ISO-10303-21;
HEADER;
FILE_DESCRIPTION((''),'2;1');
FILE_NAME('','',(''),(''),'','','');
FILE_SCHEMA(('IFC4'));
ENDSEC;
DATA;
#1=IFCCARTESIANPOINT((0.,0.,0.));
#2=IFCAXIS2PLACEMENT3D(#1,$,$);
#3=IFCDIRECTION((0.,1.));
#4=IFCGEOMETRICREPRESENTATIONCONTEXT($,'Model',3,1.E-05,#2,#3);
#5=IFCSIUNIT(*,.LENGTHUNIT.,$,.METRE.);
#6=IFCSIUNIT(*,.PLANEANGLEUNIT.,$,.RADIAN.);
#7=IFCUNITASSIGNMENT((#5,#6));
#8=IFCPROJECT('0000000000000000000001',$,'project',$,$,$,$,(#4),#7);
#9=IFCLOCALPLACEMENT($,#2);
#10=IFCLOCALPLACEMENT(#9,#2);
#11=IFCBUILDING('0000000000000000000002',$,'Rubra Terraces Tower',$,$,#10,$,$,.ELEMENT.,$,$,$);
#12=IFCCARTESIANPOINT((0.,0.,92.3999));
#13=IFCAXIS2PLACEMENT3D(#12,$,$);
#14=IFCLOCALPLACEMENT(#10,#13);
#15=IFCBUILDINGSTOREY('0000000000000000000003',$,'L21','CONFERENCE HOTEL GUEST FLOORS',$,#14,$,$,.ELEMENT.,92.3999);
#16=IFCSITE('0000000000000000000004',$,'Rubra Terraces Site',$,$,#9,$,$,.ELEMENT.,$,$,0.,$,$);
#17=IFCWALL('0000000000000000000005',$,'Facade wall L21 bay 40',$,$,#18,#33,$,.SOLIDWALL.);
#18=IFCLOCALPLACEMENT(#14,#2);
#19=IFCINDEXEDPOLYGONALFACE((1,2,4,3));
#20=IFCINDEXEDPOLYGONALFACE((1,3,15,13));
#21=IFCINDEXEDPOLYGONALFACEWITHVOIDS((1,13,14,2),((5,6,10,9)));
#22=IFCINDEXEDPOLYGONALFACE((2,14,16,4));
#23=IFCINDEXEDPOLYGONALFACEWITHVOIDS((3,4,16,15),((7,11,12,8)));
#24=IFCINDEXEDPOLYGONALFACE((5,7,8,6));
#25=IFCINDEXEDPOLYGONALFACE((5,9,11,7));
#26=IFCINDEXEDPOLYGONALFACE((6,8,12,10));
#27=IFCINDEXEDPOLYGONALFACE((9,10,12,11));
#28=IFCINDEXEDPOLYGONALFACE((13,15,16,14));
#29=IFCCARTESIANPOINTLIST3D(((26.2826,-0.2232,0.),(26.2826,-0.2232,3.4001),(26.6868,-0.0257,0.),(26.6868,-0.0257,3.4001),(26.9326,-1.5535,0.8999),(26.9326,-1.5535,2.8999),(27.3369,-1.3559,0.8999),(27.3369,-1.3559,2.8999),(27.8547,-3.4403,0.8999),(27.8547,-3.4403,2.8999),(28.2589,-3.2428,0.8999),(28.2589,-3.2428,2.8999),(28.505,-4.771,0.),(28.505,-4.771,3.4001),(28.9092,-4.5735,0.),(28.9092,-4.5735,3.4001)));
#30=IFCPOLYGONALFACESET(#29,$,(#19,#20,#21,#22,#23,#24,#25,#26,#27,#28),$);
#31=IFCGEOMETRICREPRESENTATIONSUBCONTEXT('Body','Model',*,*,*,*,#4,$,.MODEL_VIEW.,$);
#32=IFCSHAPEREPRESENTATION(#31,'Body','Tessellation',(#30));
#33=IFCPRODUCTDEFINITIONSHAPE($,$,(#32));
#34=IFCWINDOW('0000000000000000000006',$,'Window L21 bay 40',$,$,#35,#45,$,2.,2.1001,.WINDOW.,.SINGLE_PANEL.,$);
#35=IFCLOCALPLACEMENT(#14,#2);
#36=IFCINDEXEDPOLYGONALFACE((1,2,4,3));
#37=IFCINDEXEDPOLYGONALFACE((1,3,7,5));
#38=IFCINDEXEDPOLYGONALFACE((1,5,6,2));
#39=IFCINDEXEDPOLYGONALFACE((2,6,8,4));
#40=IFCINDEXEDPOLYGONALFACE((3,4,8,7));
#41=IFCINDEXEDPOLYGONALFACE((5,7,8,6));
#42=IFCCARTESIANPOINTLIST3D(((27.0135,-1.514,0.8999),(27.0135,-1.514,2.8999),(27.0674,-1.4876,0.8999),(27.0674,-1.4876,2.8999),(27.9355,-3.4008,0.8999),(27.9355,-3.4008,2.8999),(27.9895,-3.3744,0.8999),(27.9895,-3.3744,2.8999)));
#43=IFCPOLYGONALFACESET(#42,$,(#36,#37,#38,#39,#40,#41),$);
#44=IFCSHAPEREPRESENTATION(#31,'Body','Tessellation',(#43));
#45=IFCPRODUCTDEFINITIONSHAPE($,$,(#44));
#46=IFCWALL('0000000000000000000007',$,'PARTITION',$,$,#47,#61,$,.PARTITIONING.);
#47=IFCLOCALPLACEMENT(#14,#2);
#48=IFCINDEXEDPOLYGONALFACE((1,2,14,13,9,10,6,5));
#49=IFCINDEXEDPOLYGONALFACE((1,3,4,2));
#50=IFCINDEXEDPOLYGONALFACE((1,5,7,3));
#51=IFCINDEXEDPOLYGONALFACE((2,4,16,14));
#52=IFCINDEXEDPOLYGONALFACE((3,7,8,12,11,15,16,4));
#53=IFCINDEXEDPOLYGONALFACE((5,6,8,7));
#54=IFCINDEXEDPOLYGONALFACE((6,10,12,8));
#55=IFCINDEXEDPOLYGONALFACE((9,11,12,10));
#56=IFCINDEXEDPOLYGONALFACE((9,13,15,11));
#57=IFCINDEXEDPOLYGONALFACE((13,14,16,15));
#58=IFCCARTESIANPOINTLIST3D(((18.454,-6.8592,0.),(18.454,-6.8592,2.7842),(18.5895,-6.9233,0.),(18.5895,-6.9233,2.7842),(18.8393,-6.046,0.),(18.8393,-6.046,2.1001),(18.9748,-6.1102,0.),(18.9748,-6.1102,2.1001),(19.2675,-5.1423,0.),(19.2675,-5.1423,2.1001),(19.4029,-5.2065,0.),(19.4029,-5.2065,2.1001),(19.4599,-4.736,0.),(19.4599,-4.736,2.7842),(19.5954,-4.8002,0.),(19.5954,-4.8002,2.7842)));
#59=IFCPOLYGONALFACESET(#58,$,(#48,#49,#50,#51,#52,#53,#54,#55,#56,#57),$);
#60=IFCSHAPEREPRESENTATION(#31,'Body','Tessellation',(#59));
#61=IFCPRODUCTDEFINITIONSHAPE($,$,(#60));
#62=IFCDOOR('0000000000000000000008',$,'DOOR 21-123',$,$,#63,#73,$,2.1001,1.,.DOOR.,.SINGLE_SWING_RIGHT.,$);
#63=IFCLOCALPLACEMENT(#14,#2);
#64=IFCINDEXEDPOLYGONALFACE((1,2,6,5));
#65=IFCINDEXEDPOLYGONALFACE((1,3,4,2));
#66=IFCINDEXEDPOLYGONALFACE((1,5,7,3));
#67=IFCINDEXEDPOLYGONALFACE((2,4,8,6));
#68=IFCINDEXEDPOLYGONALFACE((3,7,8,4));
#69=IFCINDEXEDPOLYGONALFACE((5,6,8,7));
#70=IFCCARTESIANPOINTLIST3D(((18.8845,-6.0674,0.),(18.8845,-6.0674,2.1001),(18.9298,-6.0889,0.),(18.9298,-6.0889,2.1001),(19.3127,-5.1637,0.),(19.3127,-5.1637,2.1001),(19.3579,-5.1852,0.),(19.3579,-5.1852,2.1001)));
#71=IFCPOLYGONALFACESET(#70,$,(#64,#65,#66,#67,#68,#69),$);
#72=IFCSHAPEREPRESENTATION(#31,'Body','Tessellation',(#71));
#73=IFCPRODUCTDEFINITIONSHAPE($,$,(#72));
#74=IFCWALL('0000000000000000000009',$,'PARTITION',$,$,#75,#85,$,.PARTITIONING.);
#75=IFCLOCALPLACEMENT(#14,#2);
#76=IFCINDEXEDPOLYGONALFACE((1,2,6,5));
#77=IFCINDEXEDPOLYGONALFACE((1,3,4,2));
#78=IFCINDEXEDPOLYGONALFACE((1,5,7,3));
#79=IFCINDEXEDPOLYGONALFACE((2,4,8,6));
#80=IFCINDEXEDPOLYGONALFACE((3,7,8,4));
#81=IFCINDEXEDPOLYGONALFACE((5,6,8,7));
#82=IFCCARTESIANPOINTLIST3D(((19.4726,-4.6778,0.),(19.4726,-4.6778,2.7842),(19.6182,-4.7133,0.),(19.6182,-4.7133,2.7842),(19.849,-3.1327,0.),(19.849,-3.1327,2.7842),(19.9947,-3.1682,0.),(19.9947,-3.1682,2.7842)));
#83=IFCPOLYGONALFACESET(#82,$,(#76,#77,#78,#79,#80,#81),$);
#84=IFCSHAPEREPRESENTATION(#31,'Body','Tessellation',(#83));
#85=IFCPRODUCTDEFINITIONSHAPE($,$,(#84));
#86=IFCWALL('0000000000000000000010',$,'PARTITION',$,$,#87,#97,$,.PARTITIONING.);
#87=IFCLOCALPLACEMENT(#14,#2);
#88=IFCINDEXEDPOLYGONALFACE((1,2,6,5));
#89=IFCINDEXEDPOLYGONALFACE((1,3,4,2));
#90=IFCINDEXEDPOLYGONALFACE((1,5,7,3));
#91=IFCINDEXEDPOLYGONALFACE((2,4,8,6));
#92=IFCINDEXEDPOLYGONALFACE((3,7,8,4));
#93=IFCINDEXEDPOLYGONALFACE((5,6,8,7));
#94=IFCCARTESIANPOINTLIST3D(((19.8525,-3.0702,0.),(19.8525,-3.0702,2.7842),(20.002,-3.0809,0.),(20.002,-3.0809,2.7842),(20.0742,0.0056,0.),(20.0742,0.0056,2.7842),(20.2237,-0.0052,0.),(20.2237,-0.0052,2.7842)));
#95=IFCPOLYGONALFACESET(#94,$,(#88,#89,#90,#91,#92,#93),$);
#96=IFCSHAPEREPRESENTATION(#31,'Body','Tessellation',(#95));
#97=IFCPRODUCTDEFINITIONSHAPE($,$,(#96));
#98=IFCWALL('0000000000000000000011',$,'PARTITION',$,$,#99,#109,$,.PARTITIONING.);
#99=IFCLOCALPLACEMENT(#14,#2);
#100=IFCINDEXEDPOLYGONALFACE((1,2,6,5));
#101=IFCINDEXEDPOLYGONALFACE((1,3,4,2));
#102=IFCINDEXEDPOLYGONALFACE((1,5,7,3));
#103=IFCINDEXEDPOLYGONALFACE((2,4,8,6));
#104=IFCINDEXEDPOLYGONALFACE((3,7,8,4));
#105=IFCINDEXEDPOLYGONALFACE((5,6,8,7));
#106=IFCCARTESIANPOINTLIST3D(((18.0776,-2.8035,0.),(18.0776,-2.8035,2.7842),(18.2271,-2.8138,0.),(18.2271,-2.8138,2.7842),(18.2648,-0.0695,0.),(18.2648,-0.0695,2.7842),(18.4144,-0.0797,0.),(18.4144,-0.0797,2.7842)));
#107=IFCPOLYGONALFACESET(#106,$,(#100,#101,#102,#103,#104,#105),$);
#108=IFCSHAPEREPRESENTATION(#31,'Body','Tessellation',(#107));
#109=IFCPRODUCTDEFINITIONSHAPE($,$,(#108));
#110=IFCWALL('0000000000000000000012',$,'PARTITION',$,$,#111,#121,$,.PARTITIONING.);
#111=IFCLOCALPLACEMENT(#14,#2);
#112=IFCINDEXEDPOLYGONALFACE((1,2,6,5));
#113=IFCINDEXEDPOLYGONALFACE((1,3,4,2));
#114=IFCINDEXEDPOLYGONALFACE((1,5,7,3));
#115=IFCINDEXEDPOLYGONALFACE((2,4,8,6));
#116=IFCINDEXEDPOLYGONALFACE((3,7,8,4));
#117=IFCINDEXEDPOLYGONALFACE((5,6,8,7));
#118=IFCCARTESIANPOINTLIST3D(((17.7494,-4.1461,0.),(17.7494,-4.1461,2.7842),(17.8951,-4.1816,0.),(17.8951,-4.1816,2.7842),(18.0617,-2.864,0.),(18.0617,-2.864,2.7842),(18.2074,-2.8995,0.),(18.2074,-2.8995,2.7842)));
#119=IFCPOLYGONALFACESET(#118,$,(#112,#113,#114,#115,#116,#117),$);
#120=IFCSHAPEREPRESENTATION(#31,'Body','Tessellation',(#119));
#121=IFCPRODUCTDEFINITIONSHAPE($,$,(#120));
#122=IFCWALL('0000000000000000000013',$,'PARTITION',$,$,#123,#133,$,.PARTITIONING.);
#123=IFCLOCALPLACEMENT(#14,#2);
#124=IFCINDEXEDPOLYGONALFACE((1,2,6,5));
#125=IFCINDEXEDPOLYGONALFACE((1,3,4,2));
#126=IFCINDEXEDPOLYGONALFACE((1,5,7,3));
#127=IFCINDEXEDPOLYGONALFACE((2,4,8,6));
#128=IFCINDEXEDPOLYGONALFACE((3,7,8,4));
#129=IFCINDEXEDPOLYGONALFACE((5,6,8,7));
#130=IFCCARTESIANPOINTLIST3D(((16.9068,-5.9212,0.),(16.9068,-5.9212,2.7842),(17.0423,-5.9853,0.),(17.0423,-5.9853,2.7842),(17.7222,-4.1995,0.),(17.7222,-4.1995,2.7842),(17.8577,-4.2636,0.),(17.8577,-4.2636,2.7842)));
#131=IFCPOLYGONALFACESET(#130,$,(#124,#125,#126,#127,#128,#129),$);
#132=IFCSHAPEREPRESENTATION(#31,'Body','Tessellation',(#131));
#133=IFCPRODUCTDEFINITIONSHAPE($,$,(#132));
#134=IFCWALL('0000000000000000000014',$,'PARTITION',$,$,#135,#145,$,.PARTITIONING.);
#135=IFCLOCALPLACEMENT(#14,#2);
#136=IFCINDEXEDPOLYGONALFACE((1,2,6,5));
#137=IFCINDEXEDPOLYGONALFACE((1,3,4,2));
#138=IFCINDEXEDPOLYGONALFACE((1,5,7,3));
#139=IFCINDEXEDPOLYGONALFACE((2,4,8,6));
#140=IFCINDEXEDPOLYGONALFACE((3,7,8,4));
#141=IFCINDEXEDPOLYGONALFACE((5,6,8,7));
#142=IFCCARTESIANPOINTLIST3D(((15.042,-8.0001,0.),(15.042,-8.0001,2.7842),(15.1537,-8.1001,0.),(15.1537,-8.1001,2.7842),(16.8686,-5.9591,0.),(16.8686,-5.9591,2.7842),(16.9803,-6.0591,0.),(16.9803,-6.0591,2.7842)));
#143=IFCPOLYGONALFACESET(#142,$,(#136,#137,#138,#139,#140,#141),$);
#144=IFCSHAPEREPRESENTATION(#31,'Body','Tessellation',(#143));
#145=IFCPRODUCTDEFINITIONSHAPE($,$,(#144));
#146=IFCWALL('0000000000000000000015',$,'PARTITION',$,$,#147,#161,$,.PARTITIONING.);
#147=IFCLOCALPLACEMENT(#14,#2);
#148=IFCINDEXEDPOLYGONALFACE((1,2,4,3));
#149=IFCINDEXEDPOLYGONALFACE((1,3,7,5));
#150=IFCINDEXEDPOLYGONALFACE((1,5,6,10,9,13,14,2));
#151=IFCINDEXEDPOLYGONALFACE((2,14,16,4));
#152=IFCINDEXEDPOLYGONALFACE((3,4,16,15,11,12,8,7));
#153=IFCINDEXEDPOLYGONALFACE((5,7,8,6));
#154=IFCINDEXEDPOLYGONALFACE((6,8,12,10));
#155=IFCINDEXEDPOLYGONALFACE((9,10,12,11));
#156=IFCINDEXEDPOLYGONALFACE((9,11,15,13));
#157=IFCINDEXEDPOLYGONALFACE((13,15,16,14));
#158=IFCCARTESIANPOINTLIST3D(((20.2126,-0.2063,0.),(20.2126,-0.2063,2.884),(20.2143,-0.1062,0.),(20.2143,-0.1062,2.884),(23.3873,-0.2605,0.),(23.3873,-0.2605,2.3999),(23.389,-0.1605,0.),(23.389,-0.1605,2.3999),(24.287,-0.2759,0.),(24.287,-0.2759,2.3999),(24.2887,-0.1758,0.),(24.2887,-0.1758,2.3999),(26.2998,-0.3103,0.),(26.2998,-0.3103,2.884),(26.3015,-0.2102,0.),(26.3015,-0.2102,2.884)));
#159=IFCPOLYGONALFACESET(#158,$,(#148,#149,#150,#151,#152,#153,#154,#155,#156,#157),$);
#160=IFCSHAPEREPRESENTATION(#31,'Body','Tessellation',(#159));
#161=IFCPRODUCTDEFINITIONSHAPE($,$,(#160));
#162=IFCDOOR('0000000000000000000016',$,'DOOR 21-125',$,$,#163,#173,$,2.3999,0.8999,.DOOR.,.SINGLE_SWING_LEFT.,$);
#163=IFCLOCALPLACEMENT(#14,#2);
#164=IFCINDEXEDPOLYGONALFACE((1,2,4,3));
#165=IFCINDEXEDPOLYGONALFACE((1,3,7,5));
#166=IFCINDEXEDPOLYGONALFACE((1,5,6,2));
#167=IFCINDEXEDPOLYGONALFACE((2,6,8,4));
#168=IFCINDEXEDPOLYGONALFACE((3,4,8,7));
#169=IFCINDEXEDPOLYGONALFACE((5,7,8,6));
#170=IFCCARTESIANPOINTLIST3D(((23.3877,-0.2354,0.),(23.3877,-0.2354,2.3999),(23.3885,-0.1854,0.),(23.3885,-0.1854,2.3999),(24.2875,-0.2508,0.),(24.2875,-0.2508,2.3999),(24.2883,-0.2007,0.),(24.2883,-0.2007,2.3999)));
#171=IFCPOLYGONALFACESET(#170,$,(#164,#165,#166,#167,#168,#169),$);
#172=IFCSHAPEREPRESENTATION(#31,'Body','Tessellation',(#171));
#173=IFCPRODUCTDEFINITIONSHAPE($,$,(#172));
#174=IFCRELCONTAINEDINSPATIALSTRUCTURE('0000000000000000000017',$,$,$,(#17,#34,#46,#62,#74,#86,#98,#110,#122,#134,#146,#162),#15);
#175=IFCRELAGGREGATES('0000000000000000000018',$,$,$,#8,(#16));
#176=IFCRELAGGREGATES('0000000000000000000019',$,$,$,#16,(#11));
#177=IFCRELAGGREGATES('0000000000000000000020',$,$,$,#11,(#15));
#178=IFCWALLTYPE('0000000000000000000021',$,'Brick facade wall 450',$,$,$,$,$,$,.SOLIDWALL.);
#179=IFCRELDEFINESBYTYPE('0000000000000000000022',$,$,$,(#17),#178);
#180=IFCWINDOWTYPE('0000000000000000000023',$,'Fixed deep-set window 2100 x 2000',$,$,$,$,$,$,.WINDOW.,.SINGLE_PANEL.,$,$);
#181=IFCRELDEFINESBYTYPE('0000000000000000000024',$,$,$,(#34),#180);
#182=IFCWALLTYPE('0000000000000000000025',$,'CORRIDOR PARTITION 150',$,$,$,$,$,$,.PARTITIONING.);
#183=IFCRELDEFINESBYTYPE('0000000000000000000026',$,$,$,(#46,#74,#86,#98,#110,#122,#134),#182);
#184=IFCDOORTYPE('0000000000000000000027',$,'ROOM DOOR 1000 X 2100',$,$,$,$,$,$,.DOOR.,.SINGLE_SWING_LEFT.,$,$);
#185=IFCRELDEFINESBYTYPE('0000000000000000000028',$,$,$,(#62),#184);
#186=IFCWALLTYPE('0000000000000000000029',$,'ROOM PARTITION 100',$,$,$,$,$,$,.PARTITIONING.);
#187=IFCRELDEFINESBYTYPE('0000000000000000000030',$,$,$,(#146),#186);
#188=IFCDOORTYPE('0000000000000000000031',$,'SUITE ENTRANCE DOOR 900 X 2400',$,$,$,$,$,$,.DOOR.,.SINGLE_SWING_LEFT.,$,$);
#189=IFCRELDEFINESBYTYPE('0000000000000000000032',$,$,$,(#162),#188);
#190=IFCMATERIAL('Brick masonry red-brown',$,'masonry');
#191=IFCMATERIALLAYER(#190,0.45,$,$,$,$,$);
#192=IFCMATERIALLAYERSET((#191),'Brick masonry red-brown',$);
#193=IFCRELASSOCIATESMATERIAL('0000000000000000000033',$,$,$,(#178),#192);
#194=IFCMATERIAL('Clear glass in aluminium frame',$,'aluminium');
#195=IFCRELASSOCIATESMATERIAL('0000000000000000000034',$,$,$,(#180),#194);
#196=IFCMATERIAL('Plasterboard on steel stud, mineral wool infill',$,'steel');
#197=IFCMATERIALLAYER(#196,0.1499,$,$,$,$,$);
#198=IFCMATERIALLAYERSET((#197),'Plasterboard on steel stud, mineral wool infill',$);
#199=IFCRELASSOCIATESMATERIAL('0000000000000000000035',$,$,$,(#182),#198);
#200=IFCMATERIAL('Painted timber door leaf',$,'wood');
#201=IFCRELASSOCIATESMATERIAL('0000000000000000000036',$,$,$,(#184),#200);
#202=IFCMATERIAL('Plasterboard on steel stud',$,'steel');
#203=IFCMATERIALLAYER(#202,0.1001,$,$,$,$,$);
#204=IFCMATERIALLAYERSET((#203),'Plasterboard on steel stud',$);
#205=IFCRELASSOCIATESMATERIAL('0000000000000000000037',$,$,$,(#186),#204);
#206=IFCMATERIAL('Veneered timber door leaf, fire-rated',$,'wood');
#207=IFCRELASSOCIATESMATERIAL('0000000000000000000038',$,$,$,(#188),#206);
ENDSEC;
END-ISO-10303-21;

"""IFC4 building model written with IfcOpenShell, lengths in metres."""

from ifc_helpers import new_model, si_unit, direction, frame, frame_2d, origin, place, context, subcontext, project, spatial, rectangle, extrude, material, layer, layer_set, type_object, element, fill, save


model = new_model("IFC4")

# Units and contexts
model_context = context("Model", 3, precision=1e-05, world=origin(), true_north=direction((0.0, 1.0)))
body_context = subcontext(model_context, "Body", "Model", "MODEL_VIEW")
ifc_project = project(units=[si_unit("LENGTHUNIT", "METRE"), si_unit("PLANEANGLEUNIT", "RADIAN")], contexts=[model_context])

# Site, building, storey
site_placement = place(None, origin())
site = spatial("IfcSite", under=ifc_project, at=site_placement, Name="Rubra Terraces Site", CompositionType="ELEMENT", RefElevation=0.0)
building_placement = place(site_placement, origin())
building = spatial("IfcBuilding", under=site, at=building_placement, Name="Rubra Terraces Tower", CompositionType="ELEMENT")
storey_placement = place(building_placement, frame((0.0, 0.0, 92.3999)))
storey = spatial("IfcBuildingStorey", under=building, at=storey_placement, Name="L21", Description="CONFERENCE HOTEL GUEST FLOORS", CompositionType="ELEMENT", Elevation=92.3999)

# Wall, opening, window
ifc_material_1 = material(Name="Brick masonry red-brown", Category="masonry")
ifc_layer_1 = layer(ifc_material_1, 0.45)
ifc_layer_set_1 = layer_set([ifc_layer_1], Name="Brick masonry red-brown")
wall_type_1 = type_object("IfcWallType", Name="Brick facade wall 450", PredefinedType="SOLIDWALL", material=ifc_layer_set_1)
ifc_material_2 = material(Name="Clear glass in aluminium frame", Category="aluminium")
window_type = type_object("IfcWindowType", Name="Fixed deep-set window 2100 x 2000", PartitioningType="SINGLE_PANEL", PredefinedType="WINDOW", material=ifc_material_2)
wall_1_placement = place(storey_placement, frame((28.707, -4.6721, 0.0), z_axis=(0.0, 0.0, 1.0), x_axis=(-0.439054, 0.898461, 0.0)))
wall_1 = element("IfcWall", 1, at=wall_1_placement, inside=storey, type_object=wall_type_1, Name="Facade wall L21 bay 40", PredefinedType="SOLIDWALL", context=body_context, shape_type="SweptSolid", body=[
    extrude(rectangle(XDim=5.0618, YDim=0.45, at=frame_2d((2.5308, 0.0))), origin(), (0.0, 0.0, 1.0), 3.4001),
])
opening_1_placement = place(wall_1_placement, frame((1.481, 0.0, 0.8999)))
opening_1 = element("IfcOpeningElement", 2, at=opening_1_placement, cuts=wall_1, PredefinedType="OPENING", context=body_context, shape_type="SweptSolid", body=[
    extrude(rectangle(XDim=2.1001, YDim=2.0, at=frame_2d((1.05, 1.0))), frame((0.0, 0.2349, 0.0), z_axis=(0.0, -1.0, 0.0), x_axis=(1.0, 0.0, 0.0)), (0.0, 0.0, 1.0), 0.47),
])
window_1_placement = place(opening_1_placement, origin())
window_1 = element("IfcWindow", 3, at=window_1_placement, inside=storey, type_object=window_type, Name="Window L21 bay 40", OverallHeight=2.0, OverallWidth=2.1001, PartitioningType="SINGLE_PANEL", PredefinedType="WINDOW", context=body_context, shape_type="SweptSolid", body=[
    extrude(rectangle(XDim=2.1001, YDim=2.0, at=frame_2d((1.05, 1.0))), frame((0.0, 0.135, 0.0), z_axis=(0.0, -1.0, 0.0), x_axis=(1.0, 0.0, 0.0)), (0.0, 0.0, 1.0), 0.0601),
])
fill(opening_1, window_1)

# Wall, opening, door
ifc_material_3 = material(Name="Plasterboard on steel stud, mineral wool infill", Category="steel")
ifc_layer_2 = layer(ifc_material_3, 0.1499)
ifc_layer_set_2 = layer_set([ifc_layer_2], Name="Plasterboard on steel stud, mineral wool infill")
wall_type_2 = type_object("IfcWallType", Name="CORRIDOR PARTITION 150", PredefinedType="PARTITIONING", material=ifc_layer_set_2)
wall_2_placement = place(storey_placement, frame((18.5217, -6.8914, 0.0), z_axis=(0.0, 0.0, 1.0), x_axis=(0.428158, 0.903704, 0.0)))
wall_2 = element("IfcWall", 4, at=wall_2_placement, inside=storey, type_object=wall_type_2, Name="PARTITION", PredefinedType="PARTITIONING", context=body_context, shape_type="SweptSolid", body=[
    extrude(rectangle(XDim=2.3494, YDim=0.1499, at=frame_2d((1.1748, 0.0))), origin(), (0.0, 0.0, 1.0), 2.7842),
])
opening_2_placement = place(wall_2_placement, frame((0.8999, 0.0, 0.0)))
opening_2 = element("IfcOpeningElement", 5, at=opening_2_placement, cuts=wall_2, PredefinedType="OPENING", context=body_context, shape_type="SweptSolid", body=[
    extrude(rectangle(XDim=1.0, YDim=2.1001, at=frame_2d((0.5, 1.05))), frame((0.0, 0.085, 0.0), z_axis=(0.0, -1.0, 0.0), x_axis=(1.0, 0.0, 0.0)), (0.0, 0.0, 1.0), 0.1699),
])
ifc_material_4 = material(Name="Painted timber door leaf", Category="wood")
door_type_1 = type_object("IfcDoorType", Name="ROOM DOOR 1000 X 2100", OperationType="SINGLE_SWING_LEFT", PredefinedType="DOOR", material=ifc_material_4)
door_1_placement = place(opening_2_placement, origin())
door_1 = element("IfcDoor", 6, at=door_1_placement, inside=storey, type_object=door_type_1, Name="DOOR 21-123", OperationType="SINGLE_SWING_RIGHT", OverallHeight=2.1001, OverallWidth=1.0, PredefinedType="DOOR", context=body_context, shape_type="SweptSolid", body=[
    extrude(rectangle(XDim=1.0, YDim=2.1001, at=frame_2d((0.5, 1.05))), frame((0.0, 0.0249, 0.0), z_axis=(0.0, -1.0, 0.0), x_axis=(1.0, 0.0, 0.0)), (0.0, 0.0, 1.0), 0.05),
])
fill(opening_2, door_1)

# Walls
wall_3_placement = place(storey_placement, frame((19.5454, -4.6956, 0.0), z_axis=(0.0, 0.0, 1.0), x_axis=(0.236716, 0.971579, 0.0)))
element("IfcWall", 7, at=wall_3_placement, inside=storey, type_object=wall_type_2, Name="PARTITION", PredefinedType="PARTITIONING", context=body_context, shape_type="SweptSolid", body=[
    extrude(rectangle(XDim=1.5903, YDim=0.1499, at=frame_2d((0.7952, 0.0))), origin(), (0.0, 0.0, 1.0), 2.7842),
])
wall_4_placement = place(storey_placement, frame((19.9272, -3.0757, 0.0), z_axis=(0.0, 0.0, 1.0), x_axis=(0.071888, 0.997413, 0.0)))
element("IfcWall", 8, at=wall_4_placement, inside=storey, type_object=wall_type_2, Name="PARTITION", PredefinedType="PARTITIONING", context=body_context, shape_type="SweptSolid", body=[
    extrude(rectangle(XDim=3.0837, YDim=0.1499, at=frame_2d((1.542, 0.0))), origin(), (0.0, 0.0, 1.0), 2.7842),
])
wall_5_placement = place(storey_placement, frame((18.3396, -0.0747, 0.0), z_axis=(0.0, 0.0, 1.0), x_axis=(-0.068328, -0.997663, 0.0)))
element("IfcWall", 9, at=wall_5_placement, inside=storey, type_object=wall_type_2, Name="PARTITION", PredefinedType="PARTITIONING", context=body_context, shape_type="SweptSolid", body=[
    extrude(rectangle(XDim=2.7405, YDim=0.1499, at=frame_2d((1.3701, 0.0))), origin(), (0.0, 0.0, 1.0), 2.7842),
])
wall_6_placement = place(storey_placement, frame((18.1345, -2.8818, 0.0), z_axis=(0.0, 0.0, 1.0), x_axis=(-0.236654, -0.971594, 0.0)))
element("IfcWall", 10, at=wall_6_placement, inside=storey, type_object=wall_type_2, Name="PARTITION", PredefinedType="PARTITIONING", context=body_context, shape_type="SweptSolid", body=[
    extrude(rectangle(XDim=1.3196, YDim=0.1499, at=frame_2d((0.6597, 0.0))), origin(), (0.0, 0.0, 1.0), 2.7842),
])
wall_7_placement = place(storey_placement, frame((17.79, -4.2314, 0.0), z_axis=(0.0, 0.0, 1.0), x_axis=(-0.428042, -0.903759, 0.0)))
element("IfcWall", 11, at=wall_7_placement, inside=storey, type_object=wall_type_2, Name="PARTITION", PredefinedType="PARTITIONING", context=body_context, shape_type="SweptSolid", body=[
    extrude(rectangle(XDim=1.905, YDim=0.1499, at=frame_2d((0.9526, 0.0))), origin(), (0.0, 0.0, 1.0), 2.7842),
])
wall_8_placement = place(storey_placement, frame((16.9246, -6.009, 0.0), z_axis=(0.0, 0.0, 1.0), x_axis=(-0.666894, -0.745153, 0.0)))
element("IfcWall", 12, at=wall_8_placement, inside=storey, type_object=wall_type_2, Name="PARTITION", PredefinedType="PARTITIONING", context=body_context, shape_type="SweptSolid", body=[
    extrude(rectangle(XDim=2.739, YDim=0.1499, at=frame_2d((1.3696, 0.0))), origin(), (0.0, 0.0, 1.0), 2.7842),
])

# Wall, opening, door
ifc_material_5 = material(Name="Plasterboard on steel stud", Category="steel")
ifc_layer_3 = layer(ifc_material_5, 0.1001)
ifc_layer_set_3 = layer_set([ifc_layer_3], Name="Plasterboard on steel stud")
wall_type_3 = type_object("IfcWallType", Name="ROOM PARTITION 100", PredefinedType="PARTITIONING", material=ifc_layer_set_3)
wall_9_placement = place(storey_placement, frame((26.3005, -0.2603, 0.0), z_axis=(0.0, 0.0, 1.0), x_axis=(-0.999854, 0.017083, 0.0)))
wall_9 = element("IfcWall", 13, at=wall_9_placement, inside=storey, type_object=wall_type_3, Name="PARTITION", PredefinedType="PARTITIONING", context=body_context, shape_type="SweptSolid", body=[
    extrude(rectangle(XDim=6.0881, YDim=0.1001, at=frame_2d((3.0439, 0.0))), origin(), (0.0, 0.0, 1.0), 2.884),
])
opening_3_placement = place(wall_9_placement, frame((2.0129, 0.0, 0.0)))
opening_3 = element("IfcOpeningElement", 14, at=opening_3_placement, cuts=wall_9, PredefinedType="OPENING", context=body_context, shape_type="SweptSolid", body=[
    extrude(rectangle(XDim=0.8999, YDim=2.3999, at=frame_2d((0.45, 1.2))), frame((0.0, 0.0601, 0.0), z_axis=(0.0, -1.0, 0.0), x_axis=(1.0, 0.0, 0.0)), (0.0, 0.0, 1.0), 0.1201),
])
ifc_material_6 = material(Name="Veneered timber door leaf, fire-rated", Category="wood")
door_type_2 = type_object("IfcDoorType", Name="SUITE ENTRANCE DOOR 900 X 2400", OperationType="SINGLE_SWING_LEFT", PredefinedType="DOOR", material=ifc_material_6)
door_2_placement = place(opening_3_placement, origin())
door_2 = element("IfcDoor", 15, at=door_2_placement, inside=storey, type_object=door_type_2, Name="DOOR 21-125", OperationType="SINGLE_SWING_LEFT", OverallHeight=2.3999, OverallWidth=0.8999, PredefinedType="DOOR", context=body_context, shape_type="SweptSolid", body=[
    extrude(rectangle(XDim=0.8999, YDim=2.3999, at=frame_2d((0.45, 1.2))), frame((0.0, 0.0249, 0.0), z_axis=(0.0, -1.0, 0.0), x_axis=(1.0, 0.0, 0.0)), (0.0, 0.0, 1.0), 0.05),
])
fill(opening_3, door_2)

save(model, "model.ifc")
